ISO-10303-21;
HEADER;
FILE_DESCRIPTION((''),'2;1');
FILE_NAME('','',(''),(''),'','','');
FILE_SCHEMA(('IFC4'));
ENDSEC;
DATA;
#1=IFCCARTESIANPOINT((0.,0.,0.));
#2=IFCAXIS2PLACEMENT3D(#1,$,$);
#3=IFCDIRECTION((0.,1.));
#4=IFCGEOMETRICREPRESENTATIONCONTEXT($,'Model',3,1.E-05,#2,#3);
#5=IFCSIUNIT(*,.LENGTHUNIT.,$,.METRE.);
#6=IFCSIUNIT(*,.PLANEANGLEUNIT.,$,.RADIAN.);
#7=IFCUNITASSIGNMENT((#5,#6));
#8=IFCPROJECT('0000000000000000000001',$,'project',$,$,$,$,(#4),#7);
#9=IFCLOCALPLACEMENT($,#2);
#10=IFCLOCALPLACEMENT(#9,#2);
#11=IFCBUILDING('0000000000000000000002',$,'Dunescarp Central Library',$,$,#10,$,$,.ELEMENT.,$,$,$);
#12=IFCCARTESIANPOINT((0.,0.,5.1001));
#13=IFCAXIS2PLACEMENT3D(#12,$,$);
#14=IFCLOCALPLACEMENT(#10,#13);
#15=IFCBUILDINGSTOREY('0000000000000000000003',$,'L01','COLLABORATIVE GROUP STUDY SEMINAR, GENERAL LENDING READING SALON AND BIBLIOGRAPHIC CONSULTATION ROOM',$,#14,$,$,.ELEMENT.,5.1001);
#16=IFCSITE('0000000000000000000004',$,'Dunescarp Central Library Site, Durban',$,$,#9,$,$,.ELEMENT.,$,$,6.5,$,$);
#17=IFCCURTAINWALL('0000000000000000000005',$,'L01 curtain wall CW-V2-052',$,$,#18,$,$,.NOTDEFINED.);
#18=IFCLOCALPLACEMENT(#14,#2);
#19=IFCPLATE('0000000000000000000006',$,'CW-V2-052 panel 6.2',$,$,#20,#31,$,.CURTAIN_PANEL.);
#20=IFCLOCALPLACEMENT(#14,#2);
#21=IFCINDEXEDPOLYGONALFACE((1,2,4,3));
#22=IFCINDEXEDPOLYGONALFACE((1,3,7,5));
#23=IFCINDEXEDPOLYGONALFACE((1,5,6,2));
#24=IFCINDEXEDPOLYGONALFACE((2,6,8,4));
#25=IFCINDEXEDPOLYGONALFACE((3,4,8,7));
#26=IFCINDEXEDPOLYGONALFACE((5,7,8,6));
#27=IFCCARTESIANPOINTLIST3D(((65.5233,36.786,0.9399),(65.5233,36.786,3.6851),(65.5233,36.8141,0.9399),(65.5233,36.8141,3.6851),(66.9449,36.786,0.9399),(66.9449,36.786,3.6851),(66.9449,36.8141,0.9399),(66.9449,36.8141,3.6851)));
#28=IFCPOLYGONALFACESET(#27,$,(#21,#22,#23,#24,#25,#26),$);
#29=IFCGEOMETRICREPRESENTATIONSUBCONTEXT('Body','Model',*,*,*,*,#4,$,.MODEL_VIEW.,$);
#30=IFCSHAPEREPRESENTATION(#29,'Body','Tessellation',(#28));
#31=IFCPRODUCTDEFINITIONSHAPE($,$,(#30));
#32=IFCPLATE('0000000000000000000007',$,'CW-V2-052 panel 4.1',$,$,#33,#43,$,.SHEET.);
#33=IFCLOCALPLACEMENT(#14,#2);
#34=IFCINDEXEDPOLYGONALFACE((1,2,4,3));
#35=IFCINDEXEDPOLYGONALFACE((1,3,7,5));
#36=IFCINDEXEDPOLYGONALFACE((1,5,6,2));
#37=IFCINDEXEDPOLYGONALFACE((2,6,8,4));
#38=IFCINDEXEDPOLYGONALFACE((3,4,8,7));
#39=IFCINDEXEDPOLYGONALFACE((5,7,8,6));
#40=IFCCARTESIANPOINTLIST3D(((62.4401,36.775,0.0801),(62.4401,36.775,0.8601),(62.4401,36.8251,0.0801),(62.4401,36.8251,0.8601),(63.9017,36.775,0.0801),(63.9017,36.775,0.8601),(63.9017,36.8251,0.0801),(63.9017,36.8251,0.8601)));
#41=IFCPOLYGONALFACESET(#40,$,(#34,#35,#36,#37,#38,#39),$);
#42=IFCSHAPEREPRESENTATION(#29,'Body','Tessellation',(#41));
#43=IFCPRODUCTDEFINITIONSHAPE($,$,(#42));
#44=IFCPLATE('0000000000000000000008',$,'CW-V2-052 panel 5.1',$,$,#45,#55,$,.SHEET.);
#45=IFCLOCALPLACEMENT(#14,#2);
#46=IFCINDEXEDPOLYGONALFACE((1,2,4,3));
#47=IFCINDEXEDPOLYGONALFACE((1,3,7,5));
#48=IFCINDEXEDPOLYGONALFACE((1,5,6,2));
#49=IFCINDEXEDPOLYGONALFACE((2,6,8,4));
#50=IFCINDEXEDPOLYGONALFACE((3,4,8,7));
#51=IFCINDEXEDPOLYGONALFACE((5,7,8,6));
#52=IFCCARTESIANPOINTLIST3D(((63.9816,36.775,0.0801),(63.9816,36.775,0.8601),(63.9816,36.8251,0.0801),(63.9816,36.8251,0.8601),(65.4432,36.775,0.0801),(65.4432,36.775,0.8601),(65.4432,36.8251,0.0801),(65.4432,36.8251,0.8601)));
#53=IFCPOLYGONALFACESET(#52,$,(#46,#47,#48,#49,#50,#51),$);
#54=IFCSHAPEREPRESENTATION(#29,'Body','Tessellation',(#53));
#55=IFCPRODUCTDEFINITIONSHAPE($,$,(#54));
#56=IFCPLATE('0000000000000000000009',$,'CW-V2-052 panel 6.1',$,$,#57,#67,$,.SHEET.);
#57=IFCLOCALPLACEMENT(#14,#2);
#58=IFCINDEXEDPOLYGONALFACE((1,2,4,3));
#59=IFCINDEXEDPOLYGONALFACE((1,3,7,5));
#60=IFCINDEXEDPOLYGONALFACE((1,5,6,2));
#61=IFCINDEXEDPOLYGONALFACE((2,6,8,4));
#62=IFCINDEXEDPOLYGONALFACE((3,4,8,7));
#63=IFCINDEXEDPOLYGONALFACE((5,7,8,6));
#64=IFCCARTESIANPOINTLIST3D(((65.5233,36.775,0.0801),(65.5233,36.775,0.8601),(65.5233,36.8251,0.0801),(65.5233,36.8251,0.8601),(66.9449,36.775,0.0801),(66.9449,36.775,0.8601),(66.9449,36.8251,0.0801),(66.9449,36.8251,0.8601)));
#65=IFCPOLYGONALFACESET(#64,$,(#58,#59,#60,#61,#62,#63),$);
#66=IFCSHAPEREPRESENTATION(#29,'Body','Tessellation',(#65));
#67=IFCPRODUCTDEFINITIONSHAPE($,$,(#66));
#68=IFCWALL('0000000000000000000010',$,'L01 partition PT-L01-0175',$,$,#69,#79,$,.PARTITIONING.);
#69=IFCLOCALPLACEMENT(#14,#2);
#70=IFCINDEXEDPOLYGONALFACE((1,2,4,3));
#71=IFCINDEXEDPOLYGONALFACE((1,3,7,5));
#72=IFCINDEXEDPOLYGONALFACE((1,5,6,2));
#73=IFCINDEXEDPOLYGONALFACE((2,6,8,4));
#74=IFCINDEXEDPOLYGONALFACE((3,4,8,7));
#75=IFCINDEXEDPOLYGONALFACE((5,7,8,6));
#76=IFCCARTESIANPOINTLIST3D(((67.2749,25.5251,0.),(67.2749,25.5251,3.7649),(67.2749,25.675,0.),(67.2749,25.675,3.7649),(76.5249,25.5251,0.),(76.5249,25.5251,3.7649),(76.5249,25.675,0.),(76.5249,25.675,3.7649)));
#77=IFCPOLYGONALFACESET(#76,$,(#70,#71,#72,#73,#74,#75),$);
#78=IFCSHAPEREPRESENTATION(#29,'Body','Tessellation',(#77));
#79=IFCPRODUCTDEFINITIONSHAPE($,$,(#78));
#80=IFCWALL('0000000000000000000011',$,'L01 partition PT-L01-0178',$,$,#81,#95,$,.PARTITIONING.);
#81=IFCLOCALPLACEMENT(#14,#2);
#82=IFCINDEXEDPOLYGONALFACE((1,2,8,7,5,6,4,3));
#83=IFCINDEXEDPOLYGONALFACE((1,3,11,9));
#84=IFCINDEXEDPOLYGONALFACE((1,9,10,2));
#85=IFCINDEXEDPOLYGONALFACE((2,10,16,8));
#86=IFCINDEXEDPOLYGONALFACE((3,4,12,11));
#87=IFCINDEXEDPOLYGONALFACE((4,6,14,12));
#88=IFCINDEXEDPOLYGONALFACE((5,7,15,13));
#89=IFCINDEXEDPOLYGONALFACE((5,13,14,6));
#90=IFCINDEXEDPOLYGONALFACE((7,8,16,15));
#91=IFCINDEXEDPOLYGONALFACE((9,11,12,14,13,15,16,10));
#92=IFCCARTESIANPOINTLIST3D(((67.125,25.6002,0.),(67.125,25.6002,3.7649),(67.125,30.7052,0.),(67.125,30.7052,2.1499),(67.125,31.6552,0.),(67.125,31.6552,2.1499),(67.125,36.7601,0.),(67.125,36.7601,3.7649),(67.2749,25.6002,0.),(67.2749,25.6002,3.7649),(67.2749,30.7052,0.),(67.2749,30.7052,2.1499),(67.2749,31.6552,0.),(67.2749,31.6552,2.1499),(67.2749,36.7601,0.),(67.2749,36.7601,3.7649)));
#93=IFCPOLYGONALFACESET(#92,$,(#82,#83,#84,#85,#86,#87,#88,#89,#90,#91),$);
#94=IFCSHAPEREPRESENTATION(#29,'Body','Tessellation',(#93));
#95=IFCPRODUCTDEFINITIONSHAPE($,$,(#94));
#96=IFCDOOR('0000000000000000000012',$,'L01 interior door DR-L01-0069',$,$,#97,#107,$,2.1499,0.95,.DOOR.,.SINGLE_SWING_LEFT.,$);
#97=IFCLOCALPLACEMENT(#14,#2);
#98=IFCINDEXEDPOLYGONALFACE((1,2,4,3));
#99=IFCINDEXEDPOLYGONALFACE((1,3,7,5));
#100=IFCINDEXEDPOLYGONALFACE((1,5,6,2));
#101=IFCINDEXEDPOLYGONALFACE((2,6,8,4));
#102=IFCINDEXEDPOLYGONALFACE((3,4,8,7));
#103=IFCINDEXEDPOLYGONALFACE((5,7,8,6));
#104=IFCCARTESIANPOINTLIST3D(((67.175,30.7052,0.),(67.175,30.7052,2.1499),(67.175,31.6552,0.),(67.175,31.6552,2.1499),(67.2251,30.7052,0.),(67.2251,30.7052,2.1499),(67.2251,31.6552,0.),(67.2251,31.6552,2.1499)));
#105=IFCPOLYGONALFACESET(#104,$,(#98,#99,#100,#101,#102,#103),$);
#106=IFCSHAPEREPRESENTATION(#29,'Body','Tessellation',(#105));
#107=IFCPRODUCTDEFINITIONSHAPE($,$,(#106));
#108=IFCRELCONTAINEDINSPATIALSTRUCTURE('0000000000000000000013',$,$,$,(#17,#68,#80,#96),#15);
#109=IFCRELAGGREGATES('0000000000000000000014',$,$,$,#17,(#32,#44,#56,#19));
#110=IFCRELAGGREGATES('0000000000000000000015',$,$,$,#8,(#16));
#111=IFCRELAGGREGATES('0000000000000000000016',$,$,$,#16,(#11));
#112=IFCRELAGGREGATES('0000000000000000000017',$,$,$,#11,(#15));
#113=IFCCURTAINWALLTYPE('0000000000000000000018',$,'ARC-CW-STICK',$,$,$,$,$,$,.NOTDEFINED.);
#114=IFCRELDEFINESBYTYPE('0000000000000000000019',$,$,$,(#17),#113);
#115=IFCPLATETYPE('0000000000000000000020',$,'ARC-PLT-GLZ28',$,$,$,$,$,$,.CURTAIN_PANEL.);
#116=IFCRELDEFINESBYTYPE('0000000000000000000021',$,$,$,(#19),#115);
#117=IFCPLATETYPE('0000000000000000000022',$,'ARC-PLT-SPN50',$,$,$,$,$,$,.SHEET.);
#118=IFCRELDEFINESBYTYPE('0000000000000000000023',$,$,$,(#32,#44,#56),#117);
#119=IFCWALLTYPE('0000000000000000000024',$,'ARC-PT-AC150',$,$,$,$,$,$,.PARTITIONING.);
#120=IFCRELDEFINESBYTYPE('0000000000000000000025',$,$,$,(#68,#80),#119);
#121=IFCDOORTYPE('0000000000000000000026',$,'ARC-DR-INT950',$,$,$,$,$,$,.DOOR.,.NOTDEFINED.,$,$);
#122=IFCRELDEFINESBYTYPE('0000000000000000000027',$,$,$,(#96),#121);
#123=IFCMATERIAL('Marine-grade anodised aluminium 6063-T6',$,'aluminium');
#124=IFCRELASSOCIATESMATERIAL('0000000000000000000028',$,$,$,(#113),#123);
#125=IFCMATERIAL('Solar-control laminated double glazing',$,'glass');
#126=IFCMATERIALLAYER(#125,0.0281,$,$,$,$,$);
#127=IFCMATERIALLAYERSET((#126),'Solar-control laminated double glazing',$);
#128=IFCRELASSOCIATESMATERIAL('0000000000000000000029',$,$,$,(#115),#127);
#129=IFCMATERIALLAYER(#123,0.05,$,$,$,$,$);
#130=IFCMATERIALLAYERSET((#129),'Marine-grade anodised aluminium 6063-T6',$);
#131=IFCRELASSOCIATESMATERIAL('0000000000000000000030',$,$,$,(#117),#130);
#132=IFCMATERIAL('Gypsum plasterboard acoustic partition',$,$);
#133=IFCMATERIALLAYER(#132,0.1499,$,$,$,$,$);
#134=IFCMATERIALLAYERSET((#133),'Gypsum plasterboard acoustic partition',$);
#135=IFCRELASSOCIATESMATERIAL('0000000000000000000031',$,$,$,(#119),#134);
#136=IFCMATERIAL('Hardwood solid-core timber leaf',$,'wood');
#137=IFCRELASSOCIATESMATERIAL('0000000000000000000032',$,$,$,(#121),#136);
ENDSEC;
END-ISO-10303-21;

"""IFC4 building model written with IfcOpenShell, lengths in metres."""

from ifc_helpers import new_model, si_unit, direction, frame, frame_2d, origin, origin_2d, place, context, subcontext, project, spatial, rectangle, extrude, material, layer, layer_set, type_object, element, fill, aggregate, save


model = new_model("IFC4")

# Units and contexts
model_context = context("Model", 3, precision=1e-05, world=origin(), true_north=direction((0.0, 1.0)))
body_context = subcontext(model_context, "Body", "Model", "MODEL_VIEW")
ifc_project = project(units=[si_unit("LENGTHUNIT", "METRE"), si_unit("PLANEANGLEUNIT", "RADIAN")], contexts=[model_context])

# Site, building, storey
site_placement = place(None, origin())
site = spatial("IfcSite", under=ifc_project, at=site_placement, Name="Dunescarp Central Library Site, Durban", CompositionType="ELEMENT", RefElevation=6.5)
building_placement = place(site_placement, origin())
building = spatial("IfcBuilding", under=site, at=building_placement, Name="Dunescarp Central Library", CompositionType="ELEMENT")
storey_placement = place(building_placement, frame((0.0, 0.0, 5.1001)))
storey = spatial("IfcBuildingStorey", under=building, at=storey_placement, Name="L01", Description="COLLABORATIVE GROUP STUDY SEMINAR, GENERAL LENDING READING SALON AND BIBLIOGRAPHIC CONSULTATION ROOM", CompositionType="ELEMENT", Elevation=5.1001)

# Curtain wall
ifc_material_1 = material(Name="Marine-grade anodised aluminium 6063-T6", Category="aluminium")
curtain_wall_type = type_object("IfcCurtainWallType", Name="ARC-CW-STICK", PredefinedType="NOTDEFINED", material=ifc_material_1)
curtain_wall_placement = place(storey_placement, origin())
curtain_wall = element("IfcCurtainWall", 1, at=curtain_wall_placement, inside=storey, type_object=curtain_wall_type, Name="L01 curtain wall CW-V2-052", PredefinedType="NOTDEFINED")

# Plates
ifc_material_2 = material(Name="Solar-control laminated double glazing", Category="glass")
ifc_layer_1 = layer(ifc_material_2, 0.0281)
ifc_layer_set_1 = layer_set([ifc_layer_1], Name="Solar-control laminated double glazing")
plate_type_1 = type_object("IfcPlateType", Name="ARC-PLT-GLZ28", PredefinedType="CURTAIN_PANEL", material=ifc_layer_set_1)
plate_1_placement = place(storey_placement, frame((66.2341, 36.8, 0.9399), z_axis=(0.0, 0.0, 1.0), x_axis=(1.0, 0.0, 0.0)))
plate_1 = element("IfcPlate", 2, at=plate_1_placement, type_object=plate_type_1, Name="CW-V2-052 panel 6.2", PredefinedType="CURTAIN_PANEL", context=body_context, shape_type="SweptSolid", body=[
    extrude(rectangle(XDim=1.4216, YDim=0.0281, at=origin_2d()), origin(), (0.0, 0.0, 1.0), 2.7451),
])
ifc_layer_2 = layer(ifc_material_1, 0.05)
ifc_layer_set_2 = layer_set([ifc_layer_2], Name="Marine-grade anodised aluminium 6063-T6")
plate_type_2 = type_object("IfcPlateType", Name="ARC-PLT-SPN50", PredefinedType="SHEET", material=ifc_layer_set_2)
plate_2_placement = place(storey_placement, frame((63.1709, 36.8, 0.0801), z_axis=(0.0, 0.0, 1.0), x_axis=(1.0, 0.0, 0.0)))
plate_2 = element("IfcPlate", 3, at=plate_2_placement, type_object=plate_type_2, Name="CW-V2-052 panel 4.1", PredefinedType="SHEET", context=body_context, shape_type="SweptSolid", body=[
    extrude(rectangle(XDim=1.4617, YDim=0.05, at=origin_2d()), origin(), (0.0, 0.0, 1.0), 0.78),
])
plate_3_placement = place(storey_placement, frame((64.7124, 36.8, 0.0801), z_axis=(0.0, 0.0, 1.0), x_axis=(1.0, 0.0, 0.0)))
plate_3 = element("IfcPlate", 4, at=plate_3_placement, type_object=plate_type_2, Name="CW-V2-052 panel 5.1", PredefinedType="SHEET", context=body_context, shape_type="SweptSolid", body=[
    extrude(rectangle(XDim=1.4617, YDim=0.05, at=origin_2d()), origin(), (0.0, 0.0, 1.0), 0.78),
])
plate_4_placement = place(storey_placement, frame((66.2341, 36.8, 0.0801), z_axis=(0.0, 0.0, 1.0), x_axis=(1.0, 0.0, 0.0)))
plate_4 = element("IfcPlate", 5, at=plate_4_placement, type_object=plate_type_2, Name="CW-V2-052 panel 6.1", PredefinedType="SHEET", context=body_context, shape_type="SweptSolid", body=[
    extrude(rectangle(XDim=1.4216, YDim=0.05, at=origin_2d()), origin(), (0.0, 0.0, 1.0), 0.78),
])
aggregate(curtain_wall, [plate_2, plate_3, plate_4, plate_1])

# Wall
ifc_material_3 = material(Name="Gypsum plasterboard acoustic partition")
ifc_layer_3 = layer(ifc_material_3, 0.1499)
ifc_layer_set_3 = layer_set([ifc_layer_3], Name="Gypsum plasterboard acoustic partition")
wall_type = type_object("IfcWallType", Name="ARC-PT-AC150", PredefinedType="PARTITIONING", material=ifc_layer_set_3)
wall_1_placement = place(storey_placement, frame((67.2749, 25.6001, 0.0), z_axis=(0.0, 0.0, 1.0), x_axis=(1.0, 0.0, 0.0)))
element("IfcWall", 6, at=wall_1_placement, inside=storey, type_object=wall_type, Name="L01 partition PT-L01-0175", PredefinedType="PARTITIONING", context=body_context, shape_type="SweptSolid", body=[
    extrude(rectangle(XDim=9.25, YDim=0.1499, at=frame_2d((4.625, 0.0))), origin(), (0.0, 0.0, 1.0), 3.7649),
])

# Wall, opening, door
wall_2_placement = place(storey_placement, frame((67.2, 25.6001, 0.0), z_axis=(0.0, 0.0, 1.0), x_axis=(0.0, 1.0, 0.0)))
wall_2 = element("IfcWall", 7, at=wall_2_placement, inside=storey, type_object=wall_type, Name="L01 partition PT-L01-0178", PredefinedType="PARTITIONING", context=body_context, shape_type="SweptSolid", body=[
    extrude(rectangle(XDim=11.1599, YDim=0.1499, at=frame_2d((5.5801, 0.0))), origin(), (0.0, 0.0, 1.0), 3.7649),
])
opening_placement = place(wall_2_placement, frame((5.105, 0.0, 0.0)))
opening = element("IfcOpeningElement", 8, at=opening_placement, cuts=wall_2, PredefinedType="OPENING", context=body_context, shape_type="SweptSolid", body=[
    extrude(rectangle(XDim=0.95, YDim=2.1499, at=frame_2d((0.4751, 1.075))), frame((0.0, 0.085, 0.0), z_axis=(0.0, -1.0, 0.0), x_axis=(1.0, 0.0, 0.0)), (0.0, 0.0, 1.0), 0.1699),
])
ifc_material_4 = material(Name="Hardwood solid-core timber leaf", Category="wood")
door_type = type_object("IfcDoorType", Name="ARC-DR-INT950", OperationType="NOTDEFINED", PredefinedType="DOOR", material=ifc_material_4)
door_placement = place(opening_placement, origin())
door = element("IfcDoor", 9, at=door_placement, inside=storey, type_object=door_type, Name="L01 interior door DR-L01-0069", OperationType="SINGLE_SWING_LEFT", OverallHeight=2.1499, OverallWidth=0.95, PredefinedType="DOOR", context=body_context, shape_type="SweptSolid", body=[
    extrude(rectangle(XDim=0.95, YDim=2.1499, at=frame_2d((0.4751, 1.075))), frame((0.0, 0.0249, 0.0), z_axis=(0.0, -1.0, 0.0), x_axis=(1.0, 0.0, 0.0)), (0.0, 0.0, 1.0), 0.05),
])
fill(opening, door)

save(model, "model.ifc")
